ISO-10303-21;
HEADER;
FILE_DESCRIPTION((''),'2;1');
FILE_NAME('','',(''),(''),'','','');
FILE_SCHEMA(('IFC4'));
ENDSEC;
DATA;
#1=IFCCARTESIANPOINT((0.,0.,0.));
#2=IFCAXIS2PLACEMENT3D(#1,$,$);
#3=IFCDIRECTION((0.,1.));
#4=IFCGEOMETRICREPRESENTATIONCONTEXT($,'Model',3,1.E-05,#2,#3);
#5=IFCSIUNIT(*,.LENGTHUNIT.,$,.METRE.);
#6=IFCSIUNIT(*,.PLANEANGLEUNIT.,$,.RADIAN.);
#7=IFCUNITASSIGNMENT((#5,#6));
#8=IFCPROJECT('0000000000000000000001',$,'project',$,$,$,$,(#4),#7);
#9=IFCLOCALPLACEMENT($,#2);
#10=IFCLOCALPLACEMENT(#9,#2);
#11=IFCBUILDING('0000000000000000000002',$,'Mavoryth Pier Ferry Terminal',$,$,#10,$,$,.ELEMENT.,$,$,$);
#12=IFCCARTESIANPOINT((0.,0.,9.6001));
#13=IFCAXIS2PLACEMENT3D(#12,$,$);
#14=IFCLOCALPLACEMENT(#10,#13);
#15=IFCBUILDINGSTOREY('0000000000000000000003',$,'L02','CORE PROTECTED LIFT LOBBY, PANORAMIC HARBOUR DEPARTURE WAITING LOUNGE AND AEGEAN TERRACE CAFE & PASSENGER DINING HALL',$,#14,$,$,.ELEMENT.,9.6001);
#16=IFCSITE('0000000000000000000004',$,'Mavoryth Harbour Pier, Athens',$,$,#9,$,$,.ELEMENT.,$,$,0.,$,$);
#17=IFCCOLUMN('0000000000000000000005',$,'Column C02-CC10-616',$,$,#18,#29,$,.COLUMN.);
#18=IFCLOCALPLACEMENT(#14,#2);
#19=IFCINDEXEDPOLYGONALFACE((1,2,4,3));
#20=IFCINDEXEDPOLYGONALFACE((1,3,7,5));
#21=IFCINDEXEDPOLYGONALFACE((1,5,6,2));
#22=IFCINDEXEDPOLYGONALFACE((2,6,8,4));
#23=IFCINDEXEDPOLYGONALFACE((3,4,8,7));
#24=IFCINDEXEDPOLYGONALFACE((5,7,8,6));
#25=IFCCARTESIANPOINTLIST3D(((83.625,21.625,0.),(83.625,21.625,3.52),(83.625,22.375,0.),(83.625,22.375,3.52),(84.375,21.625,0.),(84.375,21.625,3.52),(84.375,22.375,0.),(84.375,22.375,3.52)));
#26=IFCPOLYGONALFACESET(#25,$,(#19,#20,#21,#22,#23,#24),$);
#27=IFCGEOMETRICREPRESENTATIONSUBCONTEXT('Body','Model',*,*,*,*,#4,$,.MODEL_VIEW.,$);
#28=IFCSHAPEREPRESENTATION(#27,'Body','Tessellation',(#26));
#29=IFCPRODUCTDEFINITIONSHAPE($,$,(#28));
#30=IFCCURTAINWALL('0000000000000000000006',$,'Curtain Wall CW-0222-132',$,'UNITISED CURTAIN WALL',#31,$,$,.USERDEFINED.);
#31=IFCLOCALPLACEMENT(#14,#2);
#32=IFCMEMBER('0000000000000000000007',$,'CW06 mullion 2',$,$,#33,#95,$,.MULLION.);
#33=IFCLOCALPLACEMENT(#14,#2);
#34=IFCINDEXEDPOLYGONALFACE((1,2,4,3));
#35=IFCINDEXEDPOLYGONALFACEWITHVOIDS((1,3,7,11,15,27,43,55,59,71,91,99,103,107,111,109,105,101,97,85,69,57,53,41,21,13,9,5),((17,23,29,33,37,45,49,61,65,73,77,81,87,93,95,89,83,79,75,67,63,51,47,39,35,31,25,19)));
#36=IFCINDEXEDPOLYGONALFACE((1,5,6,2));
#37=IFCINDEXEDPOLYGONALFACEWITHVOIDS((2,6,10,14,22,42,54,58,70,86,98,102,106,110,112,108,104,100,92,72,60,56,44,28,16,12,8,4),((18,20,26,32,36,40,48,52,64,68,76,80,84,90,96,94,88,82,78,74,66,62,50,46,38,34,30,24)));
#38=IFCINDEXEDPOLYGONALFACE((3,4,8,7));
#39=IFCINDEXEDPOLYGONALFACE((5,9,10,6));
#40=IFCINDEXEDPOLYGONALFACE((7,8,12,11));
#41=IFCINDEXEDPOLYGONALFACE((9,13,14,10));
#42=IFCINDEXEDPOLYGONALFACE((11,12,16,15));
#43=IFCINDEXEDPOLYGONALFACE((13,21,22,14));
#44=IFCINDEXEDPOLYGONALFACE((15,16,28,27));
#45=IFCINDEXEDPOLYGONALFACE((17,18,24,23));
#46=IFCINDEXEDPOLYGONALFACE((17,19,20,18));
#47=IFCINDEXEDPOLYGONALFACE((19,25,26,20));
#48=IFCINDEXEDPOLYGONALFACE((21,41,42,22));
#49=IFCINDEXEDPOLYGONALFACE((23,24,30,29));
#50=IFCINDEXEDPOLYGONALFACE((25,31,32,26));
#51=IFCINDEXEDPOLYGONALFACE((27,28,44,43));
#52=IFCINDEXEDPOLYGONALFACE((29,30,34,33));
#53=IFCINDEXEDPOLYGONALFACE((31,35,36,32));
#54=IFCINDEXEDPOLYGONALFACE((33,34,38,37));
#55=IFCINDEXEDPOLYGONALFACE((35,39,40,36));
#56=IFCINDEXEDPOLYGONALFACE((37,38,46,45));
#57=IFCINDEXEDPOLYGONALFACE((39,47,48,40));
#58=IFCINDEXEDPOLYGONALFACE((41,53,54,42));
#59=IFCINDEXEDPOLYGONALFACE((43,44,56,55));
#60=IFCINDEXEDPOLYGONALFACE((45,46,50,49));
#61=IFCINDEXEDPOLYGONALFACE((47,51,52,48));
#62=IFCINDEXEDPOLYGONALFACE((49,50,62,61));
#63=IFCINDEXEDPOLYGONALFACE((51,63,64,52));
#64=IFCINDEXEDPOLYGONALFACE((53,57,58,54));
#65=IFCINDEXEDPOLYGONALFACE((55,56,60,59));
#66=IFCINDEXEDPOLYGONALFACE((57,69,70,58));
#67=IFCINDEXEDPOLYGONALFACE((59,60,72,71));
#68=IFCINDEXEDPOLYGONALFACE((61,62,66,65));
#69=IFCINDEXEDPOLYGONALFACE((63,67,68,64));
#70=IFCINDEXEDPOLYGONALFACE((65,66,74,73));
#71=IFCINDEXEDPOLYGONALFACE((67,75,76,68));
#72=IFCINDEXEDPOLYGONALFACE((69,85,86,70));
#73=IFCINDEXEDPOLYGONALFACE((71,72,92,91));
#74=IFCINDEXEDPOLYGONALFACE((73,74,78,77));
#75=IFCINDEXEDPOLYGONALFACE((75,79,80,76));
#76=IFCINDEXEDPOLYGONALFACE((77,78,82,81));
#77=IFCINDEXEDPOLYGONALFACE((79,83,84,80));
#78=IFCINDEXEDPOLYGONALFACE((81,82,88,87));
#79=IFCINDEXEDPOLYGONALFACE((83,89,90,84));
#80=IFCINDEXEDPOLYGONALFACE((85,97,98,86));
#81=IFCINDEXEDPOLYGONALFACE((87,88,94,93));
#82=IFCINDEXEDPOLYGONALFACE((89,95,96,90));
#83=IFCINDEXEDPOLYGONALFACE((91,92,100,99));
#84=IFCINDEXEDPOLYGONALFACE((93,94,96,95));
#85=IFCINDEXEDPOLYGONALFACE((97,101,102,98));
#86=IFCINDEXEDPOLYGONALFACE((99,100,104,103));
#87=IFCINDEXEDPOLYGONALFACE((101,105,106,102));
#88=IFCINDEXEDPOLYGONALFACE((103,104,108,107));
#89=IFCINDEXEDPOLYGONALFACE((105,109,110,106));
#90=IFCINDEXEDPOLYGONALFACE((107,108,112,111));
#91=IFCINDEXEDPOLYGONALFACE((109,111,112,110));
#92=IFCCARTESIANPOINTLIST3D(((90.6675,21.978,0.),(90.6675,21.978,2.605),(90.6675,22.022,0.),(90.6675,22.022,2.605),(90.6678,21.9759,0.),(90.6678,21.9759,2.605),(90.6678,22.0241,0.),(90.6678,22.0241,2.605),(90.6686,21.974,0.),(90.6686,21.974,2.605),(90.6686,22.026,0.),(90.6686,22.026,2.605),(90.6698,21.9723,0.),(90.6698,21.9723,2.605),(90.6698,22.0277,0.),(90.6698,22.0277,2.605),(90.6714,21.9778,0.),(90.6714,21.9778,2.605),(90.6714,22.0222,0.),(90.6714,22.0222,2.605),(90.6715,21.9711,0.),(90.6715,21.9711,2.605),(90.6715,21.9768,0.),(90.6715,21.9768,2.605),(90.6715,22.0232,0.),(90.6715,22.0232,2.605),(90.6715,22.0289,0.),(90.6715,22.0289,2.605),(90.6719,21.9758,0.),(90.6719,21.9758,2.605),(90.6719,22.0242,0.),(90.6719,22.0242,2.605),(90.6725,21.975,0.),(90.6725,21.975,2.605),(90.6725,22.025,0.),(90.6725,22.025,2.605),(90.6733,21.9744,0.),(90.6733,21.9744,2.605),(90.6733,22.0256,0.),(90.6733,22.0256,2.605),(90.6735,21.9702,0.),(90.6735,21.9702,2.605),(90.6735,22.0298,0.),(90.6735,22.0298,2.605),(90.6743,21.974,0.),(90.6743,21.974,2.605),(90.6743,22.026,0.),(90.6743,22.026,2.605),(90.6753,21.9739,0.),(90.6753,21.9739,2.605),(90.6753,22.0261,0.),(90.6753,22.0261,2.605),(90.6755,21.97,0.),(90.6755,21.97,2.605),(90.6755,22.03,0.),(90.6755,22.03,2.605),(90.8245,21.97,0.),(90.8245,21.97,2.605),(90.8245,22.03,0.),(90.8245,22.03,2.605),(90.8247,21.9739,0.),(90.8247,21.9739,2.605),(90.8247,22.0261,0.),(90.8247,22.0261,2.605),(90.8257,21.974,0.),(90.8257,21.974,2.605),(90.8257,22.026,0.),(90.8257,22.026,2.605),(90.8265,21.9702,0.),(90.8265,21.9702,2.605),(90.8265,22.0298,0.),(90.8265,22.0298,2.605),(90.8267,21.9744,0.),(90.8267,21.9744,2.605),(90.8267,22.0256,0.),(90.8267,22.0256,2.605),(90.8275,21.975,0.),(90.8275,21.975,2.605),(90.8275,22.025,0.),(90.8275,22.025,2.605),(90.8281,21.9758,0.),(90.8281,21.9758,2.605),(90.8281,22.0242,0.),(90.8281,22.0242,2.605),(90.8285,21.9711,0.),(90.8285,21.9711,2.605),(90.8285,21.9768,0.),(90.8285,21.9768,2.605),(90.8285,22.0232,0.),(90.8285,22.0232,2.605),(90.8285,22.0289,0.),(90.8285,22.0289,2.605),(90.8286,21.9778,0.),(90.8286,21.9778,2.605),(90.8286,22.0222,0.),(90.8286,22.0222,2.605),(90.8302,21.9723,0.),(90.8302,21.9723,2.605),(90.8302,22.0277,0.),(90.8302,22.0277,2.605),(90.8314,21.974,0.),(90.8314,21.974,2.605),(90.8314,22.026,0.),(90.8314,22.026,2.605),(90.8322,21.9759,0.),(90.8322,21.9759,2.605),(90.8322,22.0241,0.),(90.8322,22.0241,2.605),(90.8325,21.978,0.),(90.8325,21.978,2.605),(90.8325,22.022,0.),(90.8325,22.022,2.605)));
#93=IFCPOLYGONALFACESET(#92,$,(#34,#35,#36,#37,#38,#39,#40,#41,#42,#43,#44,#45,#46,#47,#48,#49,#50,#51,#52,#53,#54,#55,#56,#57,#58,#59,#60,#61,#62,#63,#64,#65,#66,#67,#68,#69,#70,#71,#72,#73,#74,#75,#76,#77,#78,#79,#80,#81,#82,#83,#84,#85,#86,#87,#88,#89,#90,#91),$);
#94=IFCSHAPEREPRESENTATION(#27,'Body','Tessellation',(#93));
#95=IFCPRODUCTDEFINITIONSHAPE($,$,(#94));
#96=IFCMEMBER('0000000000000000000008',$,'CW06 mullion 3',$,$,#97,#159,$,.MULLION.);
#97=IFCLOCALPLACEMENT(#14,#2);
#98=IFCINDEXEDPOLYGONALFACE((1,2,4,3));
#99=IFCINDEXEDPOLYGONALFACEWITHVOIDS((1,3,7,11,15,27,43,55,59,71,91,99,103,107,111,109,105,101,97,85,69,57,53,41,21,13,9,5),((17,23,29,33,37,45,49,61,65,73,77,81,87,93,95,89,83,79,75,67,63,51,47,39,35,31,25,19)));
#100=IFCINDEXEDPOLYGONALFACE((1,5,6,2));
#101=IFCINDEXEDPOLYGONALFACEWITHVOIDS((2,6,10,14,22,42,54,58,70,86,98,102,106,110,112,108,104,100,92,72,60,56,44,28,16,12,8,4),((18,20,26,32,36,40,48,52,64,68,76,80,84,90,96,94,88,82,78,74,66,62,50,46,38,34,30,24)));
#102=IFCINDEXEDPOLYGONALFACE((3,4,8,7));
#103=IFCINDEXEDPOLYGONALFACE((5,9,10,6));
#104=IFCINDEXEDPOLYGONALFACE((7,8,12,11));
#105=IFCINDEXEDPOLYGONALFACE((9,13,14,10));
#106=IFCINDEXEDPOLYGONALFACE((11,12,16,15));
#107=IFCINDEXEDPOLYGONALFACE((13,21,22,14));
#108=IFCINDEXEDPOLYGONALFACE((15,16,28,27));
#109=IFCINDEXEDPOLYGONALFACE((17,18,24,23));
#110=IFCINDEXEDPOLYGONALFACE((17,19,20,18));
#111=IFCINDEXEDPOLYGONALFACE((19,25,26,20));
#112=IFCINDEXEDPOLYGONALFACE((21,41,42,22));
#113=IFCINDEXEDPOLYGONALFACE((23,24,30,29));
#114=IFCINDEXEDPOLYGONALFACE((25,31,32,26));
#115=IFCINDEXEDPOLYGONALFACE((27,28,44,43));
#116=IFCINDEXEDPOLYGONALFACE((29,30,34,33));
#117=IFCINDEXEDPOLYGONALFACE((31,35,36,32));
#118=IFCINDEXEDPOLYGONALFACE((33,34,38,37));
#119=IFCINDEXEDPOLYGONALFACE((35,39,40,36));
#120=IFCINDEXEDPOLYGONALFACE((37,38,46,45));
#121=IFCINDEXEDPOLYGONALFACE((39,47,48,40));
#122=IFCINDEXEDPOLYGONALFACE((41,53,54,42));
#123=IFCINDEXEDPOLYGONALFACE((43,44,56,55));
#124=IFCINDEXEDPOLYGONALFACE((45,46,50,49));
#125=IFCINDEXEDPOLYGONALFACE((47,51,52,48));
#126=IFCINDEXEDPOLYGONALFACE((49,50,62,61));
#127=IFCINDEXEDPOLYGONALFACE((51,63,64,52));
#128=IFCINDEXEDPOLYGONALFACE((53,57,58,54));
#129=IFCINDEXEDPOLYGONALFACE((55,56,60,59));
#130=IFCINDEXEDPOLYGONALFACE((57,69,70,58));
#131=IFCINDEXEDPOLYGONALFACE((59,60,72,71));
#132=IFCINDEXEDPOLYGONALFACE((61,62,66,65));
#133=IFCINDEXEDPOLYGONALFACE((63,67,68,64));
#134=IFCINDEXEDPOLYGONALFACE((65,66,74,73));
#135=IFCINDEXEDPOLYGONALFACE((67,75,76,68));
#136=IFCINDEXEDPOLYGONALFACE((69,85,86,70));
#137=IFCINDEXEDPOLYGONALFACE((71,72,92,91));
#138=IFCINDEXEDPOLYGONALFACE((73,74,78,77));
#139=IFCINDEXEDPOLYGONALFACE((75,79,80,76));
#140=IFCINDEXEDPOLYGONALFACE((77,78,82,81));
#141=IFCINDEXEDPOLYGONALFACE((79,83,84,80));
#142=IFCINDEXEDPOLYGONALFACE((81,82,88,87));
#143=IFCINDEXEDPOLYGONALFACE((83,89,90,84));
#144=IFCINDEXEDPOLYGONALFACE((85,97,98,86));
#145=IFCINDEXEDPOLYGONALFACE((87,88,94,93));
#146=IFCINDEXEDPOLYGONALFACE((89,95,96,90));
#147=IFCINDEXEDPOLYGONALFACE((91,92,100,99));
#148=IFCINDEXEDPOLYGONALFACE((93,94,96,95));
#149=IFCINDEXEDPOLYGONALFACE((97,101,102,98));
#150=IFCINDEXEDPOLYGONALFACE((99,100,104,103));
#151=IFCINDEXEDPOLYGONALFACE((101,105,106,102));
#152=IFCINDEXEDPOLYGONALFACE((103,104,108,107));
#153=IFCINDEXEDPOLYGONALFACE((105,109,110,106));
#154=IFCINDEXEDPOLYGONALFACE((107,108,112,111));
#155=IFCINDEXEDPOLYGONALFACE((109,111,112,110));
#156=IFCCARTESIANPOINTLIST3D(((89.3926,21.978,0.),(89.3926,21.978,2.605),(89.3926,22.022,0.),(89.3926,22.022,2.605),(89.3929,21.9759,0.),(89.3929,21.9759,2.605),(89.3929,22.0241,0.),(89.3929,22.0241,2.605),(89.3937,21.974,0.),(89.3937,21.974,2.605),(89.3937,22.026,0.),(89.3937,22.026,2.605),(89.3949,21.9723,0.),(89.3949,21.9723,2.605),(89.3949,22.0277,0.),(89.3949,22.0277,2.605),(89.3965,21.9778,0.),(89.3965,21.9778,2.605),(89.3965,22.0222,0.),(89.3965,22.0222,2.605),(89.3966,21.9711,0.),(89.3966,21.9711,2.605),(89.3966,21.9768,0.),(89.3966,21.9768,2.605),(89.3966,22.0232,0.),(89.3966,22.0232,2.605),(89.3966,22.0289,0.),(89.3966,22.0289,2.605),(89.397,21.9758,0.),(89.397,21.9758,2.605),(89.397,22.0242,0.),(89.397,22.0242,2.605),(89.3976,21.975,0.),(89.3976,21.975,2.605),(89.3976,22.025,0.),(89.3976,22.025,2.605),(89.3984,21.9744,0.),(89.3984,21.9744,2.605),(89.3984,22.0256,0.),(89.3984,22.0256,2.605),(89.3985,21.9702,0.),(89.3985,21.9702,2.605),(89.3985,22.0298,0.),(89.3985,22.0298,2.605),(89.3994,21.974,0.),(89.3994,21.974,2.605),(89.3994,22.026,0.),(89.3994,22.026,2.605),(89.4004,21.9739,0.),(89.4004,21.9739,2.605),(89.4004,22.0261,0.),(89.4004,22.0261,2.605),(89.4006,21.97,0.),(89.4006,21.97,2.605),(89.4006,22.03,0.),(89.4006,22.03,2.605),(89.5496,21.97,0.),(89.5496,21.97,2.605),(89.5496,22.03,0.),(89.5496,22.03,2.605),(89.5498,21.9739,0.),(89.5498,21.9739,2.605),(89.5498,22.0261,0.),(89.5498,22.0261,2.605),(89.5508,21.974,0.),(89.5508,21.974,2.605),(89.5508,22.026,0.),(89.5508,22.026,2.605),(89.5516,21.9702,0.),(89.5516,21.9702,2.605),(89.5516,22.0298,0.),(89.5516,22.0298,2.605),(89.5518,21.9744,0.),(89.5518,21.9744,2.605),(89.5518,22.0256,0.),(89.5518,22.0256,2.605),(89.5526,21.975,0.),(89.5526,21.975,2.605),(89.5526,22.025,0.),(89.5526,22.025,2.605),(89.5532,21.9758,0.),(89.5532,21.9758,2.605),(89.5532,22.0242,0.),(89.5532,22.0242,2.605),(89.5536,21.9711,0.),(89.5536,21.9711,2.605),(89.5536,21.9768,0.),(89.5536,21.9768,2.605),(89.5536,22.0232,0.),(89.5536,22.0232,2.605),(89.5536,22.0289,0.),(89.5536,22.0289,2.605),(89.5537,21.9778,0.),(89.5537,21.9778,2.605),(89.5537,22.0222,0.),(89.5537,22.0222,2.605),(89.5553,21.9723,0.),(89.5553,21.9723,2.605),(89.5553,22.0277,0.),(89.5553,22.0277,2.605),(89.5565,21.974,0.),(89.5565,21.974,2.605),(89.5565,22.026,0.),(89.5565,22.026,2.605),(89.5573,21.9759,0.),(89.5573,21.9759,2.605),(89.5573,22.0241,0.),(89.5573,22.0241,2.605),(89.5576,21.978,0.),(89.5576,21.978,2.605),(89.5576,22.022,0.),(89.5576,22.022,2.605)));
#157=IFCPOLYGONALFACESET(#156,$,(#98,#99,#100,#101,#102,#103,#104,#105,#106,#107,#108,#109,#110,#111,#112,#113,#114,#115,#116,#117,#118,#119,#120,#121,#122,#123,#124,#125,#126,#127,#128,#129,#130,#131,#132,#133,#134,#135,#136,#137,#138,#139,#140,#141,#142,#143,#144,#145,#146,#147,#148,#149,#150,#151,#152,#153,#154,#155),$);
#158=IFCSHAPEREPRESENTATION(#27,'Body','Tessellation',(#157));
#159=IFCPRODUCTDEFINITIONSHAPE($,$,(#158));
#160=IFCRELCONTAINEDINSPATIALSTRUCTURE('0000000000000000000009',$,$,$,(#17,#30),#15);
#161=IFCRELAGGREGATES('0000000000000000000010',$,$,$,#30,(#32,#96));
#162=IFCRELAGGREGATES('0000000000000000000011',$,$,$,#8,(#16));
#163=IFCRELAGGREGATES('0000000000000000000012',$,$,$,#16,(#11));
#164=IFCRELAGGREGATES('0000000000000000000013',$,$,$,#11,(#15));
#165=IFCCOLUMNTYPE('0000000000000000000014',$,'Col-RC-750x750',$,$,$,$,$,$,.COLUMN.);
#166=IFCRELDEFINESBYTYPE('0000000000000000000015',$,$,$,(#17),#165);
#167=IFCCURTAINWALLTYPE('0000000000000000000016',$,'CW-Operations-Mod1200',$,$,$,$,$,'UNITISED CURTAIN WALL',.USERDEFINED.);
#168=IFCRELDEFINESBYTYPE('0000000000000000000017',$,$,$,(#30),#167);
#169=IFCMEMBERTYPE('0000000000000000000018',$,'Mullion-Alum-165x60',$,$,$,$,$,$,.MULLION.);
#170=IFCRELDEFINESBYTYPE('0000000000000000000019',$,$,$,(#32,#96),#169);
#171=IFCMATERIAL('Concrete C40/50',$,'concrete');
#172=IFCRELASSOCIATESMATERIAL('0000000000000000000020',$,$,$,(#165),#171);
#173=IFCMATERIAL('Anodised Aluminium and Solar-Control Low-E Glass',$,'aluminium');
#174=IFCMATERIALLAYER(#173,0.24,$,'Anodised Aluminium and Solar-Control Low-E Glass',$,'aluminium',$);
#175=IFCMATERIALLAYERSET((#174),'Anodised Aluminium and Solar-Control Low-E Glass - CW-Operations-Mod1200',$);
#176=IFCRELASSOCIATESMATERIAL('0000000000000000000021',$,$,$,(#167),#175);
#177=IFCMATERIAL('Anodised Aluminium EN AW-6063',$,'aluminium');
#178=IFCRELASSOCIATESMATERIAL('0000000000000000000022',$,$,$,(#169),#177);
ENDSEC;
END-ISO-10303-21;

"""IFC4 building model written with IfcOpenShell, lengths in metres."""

from ifc_helpers import new_model, si_unit, direction, frame, origin, origin_2d, place, context, subcontext, project, spatial, rectangle, hollow_rectangle, extrude, material, layer, layer_set, material_profile, profile_set, type_object, element, aggregate, save


model = new_model("IFC4")

# Units and contexts
model_context = context("Model", 3, precision=1e-05, world=origin(), true_north=direction((0.0, 1.0)))
body_context = subcontext(model_context, "Body", "Model", "MODEL_VIEW")
ifc_project = project(units=[si_unit("LENGTHUNIT", "METRE"), si_unit("PLANEANGLEUNIT", "RADIAN")], contexts=[model_context])

# Site, building, storey
site_placement = place(None, origin())
site = spatial("IfcSite", under=ifc_project, at=site_placement, Name="Mavoryth Harbour Pier, Athens", CompositionType="ELEMENT", RefElevation=0.0)
building_placement = place(site_placement, origin())
building = spatial("IfcBuilding", under=site, at=building_placement, Name="Mavoryth Pier Ferry Terminal", CompositionType="ELEMENT")
storey_placement = place(building_placement, frame((0.0, 0.0, 9.6001)))
storey = spatial("IfcBuildingStorey", under=building, at=storey_placement, Name="L02", Description="CORE PROTECTED LIFT LOBBY, PANORAMIC HARBOUR DEPARTURE WAITING LOUNGE AND AEGEAN TERRACE CAFE & PASSENGER DINING HALL", CompositionType="ELEMENT", Elevation=9.6001)

# Column
ifc_material_1 = material(Name="Concrete C40/50", Category="concrete")
ifc_material_profile_1 = material_profile(ifc_material_1, rectangle(XDim=0.75, YDim=0.75, at=origin_2d()), Name="RC 750x750", Category="concrete")
ifc_profile_set_1 = profile_set([ifc_material_profile_1], Name="Concrete C40/50 - RC 750x750")
column_type = type_object("IfcColumnType", Name="Col-RC-750x750", PredefinedType="COLUMN", material=ifc_profile_set_1)
column_placement = place(storey_placement, frame((84.0, 22.0, 0.0), z_axis=(0.0, 0.0, 1.0), x_axis=(1.0, 0.0, 0.0)))
element("IfcColumn", 1, at=column_placement, inside=storey, type_object=column_type, Name="Column C02-CC10-616", PredefinedType="COLUMN", context=body_context, shape_type="SweptSolid", body=[
    extrude(rectangle(XDim=0.75, YDim=0.75, at=origin_2d()), origin(), (0.0, 0.0, 1.0), 3.52),
])

# Curtain wall, members
ifc_material_2 = material(Name="Anodised Aluminium and Solar-Control Low-E Glass", Category="aluminium")
ifc_layer_1 = layer(ifc_material_2, 0.24, Name="Anodised Aluminium and Solar-Control Low-E Glass", Category="aluminium")
ifc_layer_set_1 = layer_set([ifc_layer_1], Name="Anodised Aluminium and Solar-Control Low-E Glass - CW-Operations-Mod1200")
curtain_wall_type = type_object("IfcCurtainWallType", Name="CW-Operations-Mod1200", ElementType="UNITISED CURTAIN WALL", PredefinedType="USERDEFINED", material=ifc_layer_set_1)
curtain_wall_placement = place(storey_placement, origin())
curtain_wall = element("IfcCurtainWall", 2, at=curtain_wall_placement, inside=storey, type_object=curtain_wall_type, Name="Curtain Wall CW-0222-132", ObjectType="UNITISED CURTAIN WALL", PredefinedType="USERDEFINED")
ifc_material_3 = material(Name="Anodised Aluminium EN AW-6063", Category="aluminium")
ifc_material_profile_2 = material_profile(ifc_material_3, hollow_rectangle(XDim=0.0601, YDim=0.165, WallThickness=0.0039, InnerFilletRadius=0.0039, OuterFilletRadius=0.0081, at=origin_2d()), Name="AL-MULL 165x60x4", Category="aluminium")
ifc_profile_set_2 = profile_set([ifc_material_profile_2], Name="Anodised Aluminium EN AW-6063 - AL-MULL 165x60x4")
member_type_1 = type_object("IfcMemberType", Name="Mullion-Alum-165x60", PredefinedType="MULLION", material=ifc_profile_set_2)
member_1_placement = place(storey_placement, frame((90.75, 22.0, 0.0), z_axis=(0.0, 0.0, 1.0), x_axis=(0.0, -1.0, 0.0)))
member_1 = element("IfcMember", 3, at=member_1_placement, type_object=member_type_1, Name="CW06 mullion 2", PredefinedType="MULLION", context=body_context, shape_type="SweptSolid", body=[
    extrude(hollow_rectangle(XDim=0.0601, YDim=0.165, WallThickness=0.0039, InnerFilletRadius=0.0039, OuterFilletRadius=0.0081, at=origin_2d()), origin(), (0.0, 0.0, 1.0), 2.605),
])
member_2_placement = place(storey_placement, frame((89.4751, 22.0, 0.0), z_axis=(0.0, 0.0, 1.0), x_axis=(0.0, -1.0, 0.0)))
member_2 = element("IfcMember", 4, at=member_2_placement, type_object=member_type_1, Name="CW06 mullion 3", PredefinedType="MULLION", context=body_context, shape_type="SweptSolid", body=[
    extrude(hollow_rectangle(XDim=0.0601, YDim=0.165, WallThickness=0.0039, InnerFilletRadius=0.0039, OuterFilletRadius=0.0081, at=origin_2d()), origin(), (0.0, 0.0, 1.0), 2.605),
])

aggregate(curtain_wall, [member_1, member_2])

save(model, "model.ifc")
